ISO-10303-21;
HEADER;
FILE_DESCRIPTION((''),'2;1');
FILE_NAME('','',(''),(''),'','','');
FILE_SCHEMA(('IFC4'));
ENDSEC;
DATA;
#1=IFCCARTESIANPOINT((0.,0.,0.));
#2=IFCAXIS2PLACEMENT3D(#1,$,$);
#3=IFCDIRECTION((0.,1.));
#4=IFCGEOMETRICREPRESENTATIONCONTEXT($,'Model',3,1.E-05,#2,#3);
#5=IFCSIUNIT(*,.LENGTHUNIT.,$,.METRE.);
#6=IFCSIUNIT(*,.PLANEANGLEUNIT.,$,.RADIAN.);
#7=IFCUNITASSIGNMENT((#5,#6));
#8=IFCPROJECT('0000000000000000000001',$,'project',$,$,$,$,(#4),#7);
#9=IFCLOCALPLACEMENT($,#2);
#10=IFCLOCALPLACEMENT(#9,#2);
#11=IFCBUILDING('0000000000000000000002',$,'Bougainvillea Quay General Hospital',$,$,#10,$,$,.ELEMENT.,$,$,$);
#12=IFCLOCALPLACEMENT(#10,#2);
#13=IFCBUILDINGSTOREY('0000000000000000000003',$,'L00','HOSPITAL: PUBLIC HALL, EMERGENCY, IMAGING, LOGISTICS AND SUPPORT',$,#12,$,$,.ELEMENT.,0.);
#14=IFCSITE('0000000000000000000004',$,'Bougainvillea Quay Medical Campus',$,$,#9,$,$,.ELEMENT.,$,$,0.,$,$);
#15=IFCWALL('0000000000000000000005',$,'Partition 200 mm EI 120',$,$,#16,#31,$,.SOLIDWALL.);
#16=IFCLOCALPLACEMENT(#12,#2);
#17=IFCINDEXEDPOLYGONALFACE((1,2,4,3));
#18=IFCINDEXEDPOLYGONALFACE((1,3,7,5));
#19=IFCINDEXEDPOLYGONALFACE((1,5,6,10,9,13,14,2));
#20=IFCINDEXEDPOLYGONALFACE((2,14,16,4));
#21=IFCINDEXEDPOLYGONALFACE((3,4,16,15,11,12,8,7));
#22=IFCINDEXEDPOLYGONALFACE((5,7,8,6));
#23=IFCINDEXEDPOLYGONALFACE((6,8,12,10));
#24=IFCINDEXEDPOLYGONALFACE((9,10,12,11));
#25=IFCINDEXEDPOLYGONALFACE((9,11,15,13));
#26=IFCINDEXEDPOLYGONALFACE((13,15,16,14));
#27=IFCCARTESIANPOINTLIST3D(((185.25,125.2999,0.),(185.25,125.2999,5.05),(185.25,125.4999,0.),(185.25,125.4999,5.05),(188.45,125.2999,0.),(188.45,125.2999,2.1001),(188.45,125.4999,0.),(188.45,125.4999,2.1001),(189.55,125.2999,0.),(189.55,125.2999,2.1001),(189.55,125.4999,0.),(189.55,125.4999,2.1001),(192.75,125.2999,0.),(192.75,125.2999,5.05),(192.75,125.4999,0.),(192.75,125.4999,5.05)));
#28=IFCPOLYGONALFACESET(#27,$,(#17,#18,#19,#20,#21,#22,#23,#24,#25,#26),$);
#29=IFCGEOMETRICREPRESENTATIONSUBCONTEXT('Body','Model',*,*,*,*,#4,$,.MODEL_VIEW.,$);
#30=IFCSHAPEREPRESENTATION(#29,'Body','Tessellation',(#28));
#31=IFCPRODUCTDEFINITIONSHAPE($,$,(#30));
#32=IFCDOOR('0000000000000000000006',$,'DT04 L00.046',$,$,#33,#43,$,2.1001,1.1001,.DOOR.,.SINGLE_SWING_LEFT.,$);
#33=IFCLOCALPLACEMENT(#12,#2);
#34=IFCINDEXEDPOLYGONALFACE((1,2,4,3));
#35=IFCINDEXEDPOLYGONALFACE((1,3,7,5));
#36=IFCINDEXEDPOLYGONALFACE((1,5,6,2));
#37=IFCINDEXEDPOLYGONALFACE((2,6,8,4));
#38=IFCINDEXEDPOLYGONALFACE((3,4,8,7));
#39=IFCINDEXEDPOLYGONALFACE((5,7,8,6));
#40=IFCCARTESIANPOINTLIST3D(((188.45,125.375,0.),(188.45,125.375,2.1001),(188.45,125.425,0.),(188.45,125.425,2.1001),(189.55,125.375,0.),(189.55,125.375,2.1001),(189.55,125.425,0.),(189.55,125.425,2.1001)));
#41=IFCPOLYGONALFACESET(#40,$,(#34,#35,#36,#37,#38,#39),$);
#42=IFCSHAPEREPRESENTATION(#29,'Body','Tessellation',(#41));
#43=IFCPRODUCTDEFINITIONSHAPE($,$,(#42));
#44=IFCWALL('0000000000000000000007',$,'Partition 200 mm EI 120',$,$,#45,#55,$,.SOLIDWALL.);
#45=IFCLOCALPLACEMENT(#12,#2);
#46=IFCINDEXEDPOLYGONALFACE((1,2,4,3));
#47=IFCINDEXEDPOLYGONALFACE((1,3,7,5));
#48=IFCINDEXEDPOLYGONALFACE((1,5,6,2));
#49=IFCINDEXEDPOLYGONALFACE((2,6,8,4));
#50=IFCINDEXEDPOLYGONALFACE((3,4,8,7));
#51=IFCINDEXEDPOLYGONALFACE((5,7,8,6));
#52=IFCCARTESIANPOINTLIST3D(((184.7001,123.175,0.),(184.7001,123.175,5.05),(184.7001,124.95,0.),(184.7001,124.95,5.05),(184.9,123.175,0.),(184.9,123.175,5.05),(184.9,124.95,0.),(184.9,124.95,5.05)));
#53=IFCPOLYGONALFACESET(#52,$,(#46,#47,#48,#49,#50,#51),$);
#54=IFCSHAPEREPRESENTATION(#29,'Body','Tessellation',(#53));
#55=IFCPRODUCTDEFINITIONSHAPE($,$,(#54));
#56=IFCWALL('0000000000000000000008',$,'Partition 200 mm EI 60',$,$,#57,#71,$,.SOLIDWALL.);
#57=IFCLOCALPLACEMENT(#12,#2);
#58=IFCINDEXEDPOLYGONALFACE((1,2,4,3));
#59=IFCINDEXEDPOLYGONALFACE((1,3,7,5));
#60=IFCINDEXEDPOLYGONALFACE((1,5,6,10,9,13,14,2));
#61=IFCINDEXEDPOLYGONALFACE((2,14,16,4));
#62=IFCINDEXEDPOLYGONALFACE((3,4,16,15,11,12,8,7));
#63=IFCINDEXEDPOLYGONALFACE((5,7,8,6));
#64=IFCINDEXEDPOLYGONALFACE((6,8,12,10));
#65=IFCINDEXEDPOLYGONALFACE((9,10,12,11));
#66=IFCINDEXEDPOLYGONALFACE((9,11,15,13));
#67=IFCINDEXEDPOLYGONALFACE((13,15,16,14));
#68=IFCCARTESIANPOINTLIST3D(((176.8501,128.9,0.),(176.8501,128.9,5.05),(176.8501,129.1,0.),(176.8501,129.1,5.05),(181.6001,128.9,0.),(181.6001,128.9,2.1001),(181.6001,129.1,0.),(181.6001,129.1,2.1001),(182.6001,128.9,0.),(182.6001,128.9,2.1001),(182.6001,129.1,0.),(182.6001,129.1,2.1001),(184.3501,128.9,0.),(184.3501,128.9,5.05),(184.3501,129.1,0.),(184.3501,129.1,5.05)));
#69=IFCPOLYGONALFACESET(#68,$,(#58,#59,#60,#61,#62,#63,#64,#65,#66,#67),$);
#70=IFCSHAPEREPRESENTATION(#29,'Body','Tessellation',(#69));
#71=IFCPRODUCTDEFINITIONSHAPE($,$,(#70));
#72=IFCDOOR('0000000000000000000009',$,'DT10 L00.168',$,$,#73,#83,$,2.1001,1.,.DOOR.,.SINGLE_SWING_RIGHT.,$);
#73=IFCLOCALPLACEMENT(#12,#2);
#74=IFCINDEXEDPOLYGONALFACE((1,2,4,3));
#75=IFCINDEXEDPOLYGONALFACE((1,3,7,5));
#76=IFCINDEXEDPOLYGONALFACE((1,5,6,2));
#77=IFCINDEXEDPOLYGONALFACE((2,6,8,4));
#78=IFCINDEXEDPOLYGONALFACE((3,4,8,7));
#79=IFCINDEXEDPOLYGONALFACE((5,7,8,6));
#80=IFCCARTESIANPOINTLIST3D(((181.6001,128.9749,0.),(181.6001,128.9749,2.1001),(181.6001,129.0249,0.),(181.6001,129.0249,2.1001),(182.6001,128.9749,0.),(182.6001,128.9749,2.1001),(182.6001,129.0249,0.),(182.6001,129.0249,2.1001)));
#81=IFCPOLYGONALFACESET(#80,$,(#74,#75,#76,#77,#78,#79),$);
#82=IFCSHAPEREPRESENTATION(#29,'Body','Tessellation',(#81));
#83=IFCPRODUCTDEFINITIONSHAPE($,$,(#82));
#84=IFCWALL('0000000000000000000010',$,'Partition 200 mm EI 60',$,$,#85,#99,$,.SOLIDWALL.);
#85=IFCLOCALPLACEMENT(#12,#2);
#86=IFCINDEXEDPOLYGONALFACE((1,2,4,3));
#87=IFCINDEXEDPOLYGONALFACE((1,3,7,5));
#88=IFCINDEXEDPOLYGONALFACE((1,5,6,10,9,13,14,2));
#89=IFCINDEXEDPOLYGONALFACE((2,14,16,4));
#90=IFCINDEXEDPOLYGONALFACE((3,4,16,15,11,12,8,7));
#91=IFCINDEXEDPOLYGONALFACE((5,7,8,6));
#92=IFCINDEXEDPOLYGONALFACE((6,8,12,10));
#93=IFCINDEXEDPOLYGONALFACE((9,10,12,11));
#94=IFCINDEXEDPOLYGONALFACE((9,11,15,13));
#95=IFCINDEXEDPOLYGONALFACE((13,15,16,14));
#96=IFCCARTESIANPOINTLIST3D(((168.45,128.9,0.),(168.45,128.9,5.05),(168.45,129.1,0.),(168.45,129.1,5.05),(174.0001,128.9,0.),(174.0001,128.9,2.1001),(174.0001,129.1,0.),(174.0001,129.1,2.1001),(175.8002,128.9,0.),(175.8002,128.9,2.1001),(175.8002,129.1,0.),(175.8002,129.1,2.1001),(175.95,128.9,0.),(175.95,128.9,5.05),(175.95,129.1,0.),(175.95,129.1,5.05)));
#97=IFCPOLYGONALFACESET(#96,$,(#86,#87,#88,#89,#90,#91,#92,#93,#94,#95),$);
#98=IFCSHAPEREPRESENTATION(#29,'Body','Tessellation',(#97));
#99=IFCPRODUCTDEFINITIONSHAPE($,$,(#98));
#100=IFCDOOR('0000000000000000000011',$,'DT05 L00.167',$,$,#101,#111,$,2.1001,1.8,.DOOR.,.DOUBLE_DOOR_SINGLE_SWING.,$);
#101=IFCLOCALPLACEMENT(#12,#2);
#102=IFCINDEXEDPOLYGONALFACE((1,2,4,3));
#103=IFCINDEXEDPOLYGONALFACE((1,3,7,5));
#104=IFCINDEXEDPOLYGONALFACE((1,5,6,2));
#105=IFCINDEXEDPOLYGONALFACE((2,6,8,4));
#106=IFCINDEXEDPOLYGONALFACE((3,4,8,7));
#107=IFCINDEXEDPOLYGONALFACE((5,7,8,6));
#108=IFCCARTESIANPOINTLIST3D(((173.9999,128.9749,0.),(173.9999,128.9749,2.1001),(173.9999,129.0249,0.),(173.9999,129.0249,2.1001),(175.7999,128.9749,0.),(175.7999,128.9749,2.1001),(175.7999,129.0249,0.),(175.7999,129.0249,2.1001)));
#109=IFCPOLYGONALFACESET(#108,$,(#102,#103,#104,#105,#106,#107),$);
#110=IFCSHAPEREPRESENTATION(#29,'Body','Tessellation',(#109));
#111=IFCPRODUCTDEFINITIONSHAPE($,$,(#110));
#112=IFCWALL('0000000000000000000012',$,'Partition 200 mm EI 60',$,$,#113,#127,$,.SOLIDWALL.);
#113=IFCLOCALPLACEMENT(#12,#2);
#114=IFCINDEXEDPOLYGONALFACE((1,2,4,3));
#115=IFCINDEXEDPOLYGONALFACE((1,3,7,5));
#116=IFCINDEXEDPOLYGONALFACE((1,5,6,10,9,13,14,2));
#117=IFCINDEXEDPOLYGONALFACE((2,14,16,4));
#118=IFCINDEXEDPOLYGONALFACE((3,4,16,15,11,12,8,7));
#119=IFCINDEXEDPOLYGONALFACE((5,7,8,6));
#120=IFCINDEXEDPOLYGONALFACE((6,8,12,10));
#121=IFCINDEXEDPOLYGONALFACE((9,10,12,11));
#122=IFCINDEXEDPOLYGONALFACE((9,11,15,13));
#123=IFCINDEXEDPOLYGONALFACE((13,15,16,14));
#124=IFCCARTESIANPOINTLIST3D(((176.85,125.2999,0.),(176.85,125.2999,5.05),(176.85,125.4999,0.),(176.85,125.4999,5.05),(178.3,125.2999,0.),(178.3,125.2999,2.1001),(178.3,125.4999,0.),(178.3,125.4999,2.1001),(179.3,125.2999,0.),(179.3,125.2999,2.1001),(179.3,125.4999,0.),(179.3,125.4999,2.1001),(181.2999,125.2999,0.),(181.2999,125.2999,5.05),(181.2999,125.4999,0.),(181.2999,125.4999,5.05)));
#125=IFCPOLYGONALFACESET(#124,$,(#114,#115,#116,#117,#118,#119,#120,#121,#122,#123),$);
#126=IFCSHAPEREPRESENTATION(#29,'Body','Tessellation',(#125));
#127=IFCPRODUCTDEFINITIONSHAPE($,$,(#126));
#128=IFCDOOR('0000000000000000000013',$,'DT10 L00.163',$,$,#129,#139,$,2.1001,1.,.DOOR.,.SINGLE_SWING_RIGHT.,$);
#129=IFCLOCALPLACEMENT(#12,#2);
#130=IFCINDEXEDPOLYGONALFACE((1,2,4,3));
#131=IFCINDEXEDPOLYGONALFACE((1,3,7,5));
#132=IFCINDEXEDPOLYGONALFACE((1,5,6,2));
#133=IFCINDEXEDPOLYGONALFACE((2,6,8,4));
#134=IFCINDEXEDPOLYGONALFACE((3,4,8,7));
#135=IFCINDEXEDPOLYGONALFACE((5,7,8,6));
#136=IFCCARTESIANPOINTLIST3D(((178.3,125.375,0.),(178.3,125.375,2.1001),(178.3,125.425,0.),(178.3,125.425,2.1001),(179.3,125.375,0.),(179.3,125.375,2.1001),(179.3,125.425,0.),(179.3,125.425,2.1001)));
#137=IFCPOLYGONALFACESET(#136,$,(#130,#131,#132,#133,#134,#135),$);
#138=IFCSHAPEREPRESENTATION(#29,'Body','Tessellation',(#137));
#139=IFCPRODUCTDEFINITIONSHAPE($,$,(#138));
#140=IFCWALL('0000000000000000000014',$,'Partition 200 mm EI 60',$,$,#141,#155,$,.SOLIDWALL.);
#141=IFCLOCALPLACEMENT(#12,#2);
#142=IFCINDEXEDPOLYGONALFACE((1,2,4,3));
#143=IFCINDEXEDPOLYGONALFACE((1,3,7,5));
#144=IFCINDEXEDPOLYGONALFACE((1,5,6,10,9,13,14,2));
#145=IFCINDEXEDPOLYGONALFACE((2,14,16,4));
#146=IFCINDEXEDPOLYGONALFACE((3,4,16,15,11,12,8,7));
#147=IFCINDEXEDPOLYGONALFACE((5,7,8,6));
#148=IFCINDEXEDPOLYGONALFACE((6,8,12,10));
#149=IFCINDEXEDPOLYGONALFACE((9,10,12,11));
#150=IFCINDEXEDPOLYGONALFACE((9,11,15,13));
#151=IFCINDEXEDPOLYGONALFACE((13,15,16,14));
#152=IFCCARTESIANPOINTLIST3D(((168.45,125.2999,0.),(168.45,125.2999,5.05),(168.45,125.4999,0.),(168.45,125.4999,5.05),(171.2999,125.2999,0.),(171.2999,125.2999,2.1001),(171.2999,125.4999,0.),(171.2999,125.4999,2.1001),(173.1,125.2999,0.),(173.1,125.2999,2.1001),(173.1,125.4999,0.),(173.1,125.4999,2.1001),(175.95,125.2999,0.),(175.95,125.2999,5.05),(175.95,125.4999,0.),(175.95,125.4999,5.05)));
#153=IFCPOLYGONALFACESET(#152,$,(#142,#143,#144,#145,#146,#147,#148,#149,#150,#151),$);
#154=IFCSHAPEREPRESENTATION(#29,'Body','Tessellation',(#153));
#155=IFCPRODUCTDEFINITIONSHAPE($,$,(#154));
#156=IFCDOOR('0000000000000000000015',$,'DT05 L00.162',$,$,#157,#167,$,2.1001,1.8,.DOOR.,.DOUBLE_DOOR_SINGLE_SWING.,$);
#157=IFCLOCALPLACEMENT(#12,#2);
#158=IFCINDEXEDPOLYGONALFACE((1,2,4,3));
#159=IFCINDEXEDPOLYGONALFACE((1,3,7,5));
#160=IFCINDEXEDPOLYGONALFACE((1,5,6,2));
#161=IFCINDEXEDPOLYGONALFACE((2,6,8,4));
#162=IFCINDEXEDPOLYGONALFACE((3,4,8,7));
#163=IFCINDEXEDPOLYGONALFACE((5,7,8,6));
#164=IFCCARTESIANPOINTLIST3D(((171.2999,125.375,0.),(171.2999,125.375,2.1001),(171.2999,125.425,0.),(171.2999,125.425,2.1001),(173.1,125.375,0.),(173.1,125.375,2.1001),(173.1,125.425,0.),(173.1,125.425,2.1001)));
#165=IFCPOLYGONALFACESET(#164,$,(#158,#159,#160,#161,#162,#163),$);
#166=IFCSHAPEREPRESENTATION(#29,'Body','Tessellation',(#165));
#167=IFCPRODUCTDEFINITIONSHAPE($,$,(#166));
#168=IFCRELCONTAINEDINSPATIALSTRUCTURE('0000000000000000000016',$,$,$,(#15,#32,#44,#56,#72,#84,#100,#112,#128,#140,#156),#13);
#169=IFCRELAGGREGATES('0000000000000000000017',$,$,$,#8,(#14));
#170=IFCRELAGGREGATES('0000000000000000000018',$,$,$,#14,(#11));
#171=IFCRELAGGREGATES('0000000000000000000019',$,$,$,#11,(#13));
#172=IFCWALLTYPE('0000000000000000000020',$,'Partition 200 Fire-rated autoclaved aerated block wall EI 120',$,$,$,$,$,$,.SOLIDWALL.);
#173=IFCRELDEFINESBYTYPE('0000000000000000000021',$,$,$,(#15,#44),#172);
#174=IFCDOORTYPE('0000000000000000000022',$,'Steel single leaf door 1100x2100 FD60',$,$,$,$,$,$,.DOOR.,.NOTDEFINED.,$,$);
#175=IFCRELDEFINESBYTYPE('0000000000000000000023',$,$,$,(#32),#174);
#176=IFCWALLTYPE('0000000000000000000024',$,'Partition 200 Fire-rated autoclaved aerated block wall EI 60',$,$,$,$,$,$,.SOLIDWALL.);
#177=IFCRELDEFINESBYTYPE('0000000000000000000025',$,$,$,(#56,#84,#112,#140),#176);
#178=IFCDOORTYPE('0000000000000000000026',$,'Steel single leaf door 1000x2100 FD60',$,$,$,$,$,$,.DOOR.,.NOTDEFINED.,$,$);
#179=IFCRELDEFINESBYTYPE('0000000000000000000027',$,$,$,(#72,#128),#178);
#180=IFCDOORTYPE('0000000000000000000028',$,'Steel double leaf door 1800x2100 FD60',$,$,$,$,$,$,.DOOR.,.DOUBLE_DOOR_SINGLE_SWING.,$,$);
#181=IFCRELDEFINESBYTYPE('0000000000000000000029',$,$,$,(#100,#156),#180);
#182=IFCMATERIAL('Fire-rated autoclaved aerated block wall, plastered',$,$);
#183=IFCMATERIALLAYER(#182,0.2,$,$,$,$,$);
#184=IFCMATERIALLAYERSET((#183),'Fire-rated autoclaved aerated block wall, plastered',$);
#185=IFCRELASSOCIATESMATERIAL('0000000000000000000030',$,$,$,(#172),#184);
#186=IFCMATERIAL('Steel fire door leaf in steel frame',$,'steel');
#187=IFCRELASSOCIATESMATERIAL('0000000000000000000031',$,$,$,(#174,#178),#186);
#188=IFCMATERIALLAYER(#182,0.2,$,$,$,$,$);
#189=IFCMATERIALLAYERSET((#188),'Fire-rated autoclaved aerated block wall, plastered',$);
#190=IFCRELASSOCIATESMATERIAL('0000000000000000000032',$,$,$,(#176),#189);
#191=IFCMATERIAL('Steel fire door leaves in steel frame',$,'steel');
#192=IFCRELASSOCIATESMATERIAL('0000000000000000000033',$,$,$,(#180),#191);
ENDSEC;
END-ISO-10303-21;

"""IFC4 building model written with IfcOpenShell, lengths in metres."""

from ifc_helpers import new_model, si_unit, direction, frame, frame_2d, origin, place, context, subcontext, project, spatial, rectangle, extrude, material, layer, layer_set, type_object, element, fill, save


model = new_model("IFC4")

# Units and contexts
model_context = context("Model", 3, precision=1e-05, world=origin(), true_north=direction((0.0, 1.0)))
body_context = subcontext(model_context, "Body", "Model", "MODEL_VIEW")
ifc_project = project(units=[si_unit("LENGTHUNIT", "METRE"), si_unit("PLANEANGLEUNIT", "RADIAN")], contexts=[model_context])

# Site, building, storey
site_placement = place(None, origin())
site = spatial("IfcSite", under=ifc_project, at=site_placement, Name="Bougainvillea Quay Medical Campus", CompositionType="ELEMENT", RefElevation=0.0)
building_placement = place(site_placement, origin())
building = spatial("IfcBuilding", under=site, at=building_placement, Name="Bougainvillea Quay General Hospital", CompositionType="ELEMENT")
storey_placement = place(building_placement, origin())
storey = spatial("IfcBuildingStorey", under=building, at=storey_placement, Name="L00", Description="HOSPITAL: PUBLIC HALL, EMERGENCY, IMAGING, LOGISTICS AND SUPPORT", CompositionType="ELEMENT", Elevation=0.0)

# Wall, opening, door
ifc_material_1 = material(Name="Fire-rated autoclaved aerated block wall, plastered")
ifc_layer_1 = layer(ifc_material_1, 0.2)
ifc_layer_set_1 = layer_set([ifc_layer_1], Name="Fire-rated autoclaved aerated block wall, plastered")
wall_type_1 = type_object("IfcWallType", Name="Partition 200 Fire-rated autoclaved aerated block wall EI 120", PredefinedType="SOLIDWALL", material=ifc_layer_set_1)
wall_1_placement = place(storey_placement, frame((185.25, 125.3999, 0.0), z_axis=(0.0, 0.0, 1.0), x_axis=(1.0, 0.0, 0.0)))
wall_1 = element("IfcWall", 1, at=wall_1_placement, inside=storey, type_object=wall_type_1, Name="Partition 200 mm EI 120", PredefinedType="SOLIDWALL", context=body_context, shape_type="SweptSolid", body=[
    extrude(rectangle(XDim=7.5, YDim=0.2, at=frame_2d((3.75, 0.0))), origin(), (0.0, 0.0, 1.0), 5.05),
])
opening_1_placement = place(wall_1_placement, frame((3.2, 0.0, 0.0)))
opening_1 = element("IfcOpeningElement", 2, at=opening_1_placement, cuts=wall_1, PredefinedType="OPENING", context=body_context, shape_type="SweptSolid", body=[
    extrude(rectangle(XDim=1.1001, YDim=2.1001, at=frame_2d((0.55, 1.05))), frame((0.0, 0.1099, 0.0), z_axis=(0.0, -1.0, 0.0), x_axis=(1.0, 0.0, 0.0)), (0.0, 0.0, 1.0), 0.22),
])
ifc_material_2 = material(Name="Steel fire door leaf in steel frame", Category="steel")
door_type_1 = type_object("IfcDoorType", Name="Steel single leaf door 1100x2100 FD60", OperationType="NOTDEFINED", PredefinedType="DOOR", material=ifc_material_2)
door_1_placement = place(opening_1_placement, frame((1.1001, 0.0, 0.0), z_axis=(0.0, 0.0, 1.0), x_axis=(-1.0, 0.0, 0.0)))
door_1 = element("IfcDoor", 3, at=door_1_placement, inside=storey, type_object=door_type_1, Name="DT04 L00.046", OperationType="SINGLE_SWING_LEFT", OverallHeight=2.1001, OverallWidth=1.1001, PredefinedType="DOOR", context=body_context, shape_type="SweptSolid", body=[
    extrude(rectangle(XDim=1.1001, YDim=2.1001, at=frame_2d((0.55, 1.05))), frame((0.0, 0.0249, 0.0), z_axis=(0.0, -1.0, 0.0), x_axis=(1.0, 0.0, 0.0)), (0.0, 0.0, 1.0), 0.05),
])
fill(opening_1, door_1)

# Wall
wall_2_placement = place(storey_placement, frame((184.8, 123.175, 0.0), z_axis=(0.0, 0.0, 1.0), x_axis=(0.0, 1.0, 0.0)))
element("IfcWall", 4, at=wall_2_placement, inside=storey, type_object=wall_type_1, Name="Partition 200 mm EI 120", PredefinedType="SOLIDWALL", context=body_context, shape_type="SweptSolid", body=[
    extrude(rectangle(XDim=1.7749, YDim=0.2, at=frame_2d((0.8875, 0.0))), origin(), (0.0, 0.0, 1.0), 5.05),
])

# Walls, openings, doors
ifc_layer_2 = layer(ifc_material_1, 0.2)
ifc_layer_set_2 = layer_set([ifc_layer_2], Name="Fire-rated autoclaved aerated block wall, plastered")
wall_type_2 = type_object("IfcWallType", Name="Partition 200 Fire-rated autoclaved aerated block wall EI 60", PredefinedType="SOLIDWALL", material=ifc_layer_set_2)
wall_3_placement = place(storey_placement, frame((184.3501, 129.0, 0.0), z_axis=(0.0, 0.0, 1.0), x_axis=(-1.0, 0.0, 0.0)))
wall_3 = element("IfcWall", 5, at=wall_3_placement, inside=storey, type_object=wall_type_2, Name="Partition 200 mm EI 60", PredefinedType="SOLIDWALL", context=body_context, shape_type="SweptSolid", body=[
    extrude(rectangle(XDim=7.5, YDim=0.2, at=frame_2d((3.75, 0.0))), origin(), (0.0, 0.0, 1.0), 5.05),
])
opening_2_placement = place(wall_3_placement, frame((1.75, 0.0, 0.0)))
opening_2 = element("IfcOpeningElement", 6, at=opening_2_placement, cuts=wall_3, PredefinedType="OPENING", context=body_context, shape_type="SweptSolid", body=[
    extrude(rectangle(XDim=1.0, YDim=2.1001, at=frame_2d((0.5, 1.05))), frame((0.0, 0.1099, 0.0), z_axis=(0.0, -1.0, 0.0), x_axis=(1.0, 0.0, 0.0)), (0.0, 0.0, 1.0), 0.22),
])
door_type_2 = type_object("IfcDoorType", Name="Steel single leaf door 1000x2100 FD60", OperationType="NOTDEFINED", PredefinedType="DOOR", material=ifc_material_2)
door_2_placement = place(opening_2_placement, frame((1.0, 0.0, 0.0), z_axis=(0.0, 0.0, 1.0), x_axis=(-1.0, 0.0, 0.0)))
door_2 = element("IfcDoor", 7, at=door_2_placement, inside=storey, type_object=door_type_2, Name="DT10 L00.168", OperationType="SINGLE_SWING_RIGHT", OverallHeight=2.1001, OverallWidth=1.0, PredefinedType="DOOR", context=body_context, shape_type="SweptSolid", body=[
    extrude(rectangle(XDim=1.0, YDim=2.1001, at=frame_2d((0.5, 1.05))), frame((0.0, 0.0249, 0.0), z_axis=(0.0, -1.0, 0.0), x_axis=(1.0, 0.0, 0.0)), (0.0, 0.0, 1.0), 0.05),
])
fill(opening_2, door_2)
wall_4_placement = place(storey_placement, frame((175.95, 129.0, 0.0), z_axis=(0.0, 0.0, 1.0), x_axis=(-1.0, 0.0, 0.0)))
wall_4 = element("IfcWall", 8, at=wall_4_placement, inside=storey, type_object=wall_type_2, Name="Partition 200 mm EI 60", PredefinedType="SOLIDWALL", context=body_context, shape_type="SweptSolid", body=[
    extrude(rectangle(XDim=7.5, YDim=0.2, at=frame_2d((3.75, 0.0))), origin(), (0.0, 0.0, 1.0), 5.05),
])
opening_3_placement = place(wall_4_placement, frame((0.1499, 0.0, 0.0)))
opening_3 = element("IfcOpeningElement", 9, at=opening_3_placement, cuts=wall_4, PredefinedType="OPENING", context=body_context, shape_type="SweptSolid", body=[
    extrude(rectangle(XDim=1.8, YDim=2.1001, at=frame_2d((0.8999, 1.05))), frame((0.0, 0.1099, 0.0), z_axis=(0.0, -1.0, 0.0), x_axis=(1.0, 0.0, 0.0)), (0.0, 0.0, 1.0), 0.22),
])
ifc_material_3 = material(Name="Steel fire door leaves in steel frame", Category="steel")
door_type_3 = type_object("IfcDoorType", Name="Steel double leaf door 1800x2100 FD60", OperationType="DOUBLE_DOOR_SINGLE_SWING", PredefinedType="DOOR", material=ifc_material_3)
door_3_placement = place(opening_3_placement, frame((1.8, 0.0, 0.0), z_axis=(0.0, 0.0, 1.0), x_axis=(-1.0, 0.0, 0.0)))
door_3 = element("IfcDoor", 10, at=door_3_placement, inside=storey, type_object=door_type_3, Name="DT05 L00.167", OperationType="DOUBLE_DOOR_SINGLE_SWING", OverallHeight=2.1001, OverallWidth=1.8, PredefinedType="DOOR", context=body_context, shape_type="SweptSolid", body=[
    extrude(rectangle(XDim=1.8, YDim=2.1001, at=frame_2d((0.8999, 1.05))), frame((0.0, 0.0249, 0.0), z_axis=(0.0, -1.0, 0.0), x_axis=(1.0, 0.0, 0.0)), (0.0, 0.0, 1.0), 0.05),
])
fill(opening_3, door_3)
wall_5_placement = place(storey_placement, frame((181.3, 125.3999, 0.0), z_axis=(0.0, 0.0, 1.0), x_axis=(-1.0, 0.0, 0.0)))
wall_5 = element("IfcWall", 11, at=wall_5_placement, inside=storey, type_object=wall_type_2, Name="Partition 200 mm EI 60", PredefinedType="SOLIDWALL", context=body_context, shape_type="SweptSolid", body=[
    extrude(rectangle(XDim=4.45, YDim=0.2, at=frame_2d((2.2251, 0.0))), origin(), (0.0, 0.0, 1.0), 5.05),
])
opening_4_placement = place(wall_5_placement, frame((2.0, 0.0, 0.0)))
opening_4 = element("IfcOpeningElement", 12, at=opening_4_placement, cuts=wall_5, PredefinedType="OPENING", context=body_context, shape_type="SweptSolid", body=[
    extrude(rectangle(XDim=1.0, YDim=2.1001, at=frame_2d((0.5, 1.05))), frame((0.0, 0.1099, 0.0), z_axis=(0.0, -1.0, 0.0), x_axis=(1.0, 0.0, 0.0)), (0.0, 0.0, 1.0), 0.22),
])
door_4_placement = place(opening_4_placement, origin())
door_4 = element("IfcDoor", 13, at=door_4_placement, inside=storey, type_object=door_type_2, Name="DT10 L00.163", OperationType="SINGLE_SWING_RIGHT", OverallHeight=2.1001, OverallWidth=1.0, PredefinedType="DOOR", context=body_context, shape_type="SweptSolid", body=[
    extrude(rectangle(XDim=1.0, YDim=2.1001, at=frame_2d((0.5, 1.05))), frame((0.0, 0.0249, 0.0), z_axis=(0.0, -1.0, 0.0), x_axis=(1.0, 0.0, 0.0)), (0.0, 0.0, 1.0), 0.05),
])
fill(opening_4, door_4)
wall_6_placement = place(storey_placement, frame((175.95, 125.3999, 0.0), z_axis=(0.0, 0.0, 1.0), x_axis=(-1.0, 0.0, 0.0)))
wall_6 = element("IfcWall", 14, at=wall_6_placement, inside=storey, type_object=wall_type_2, Name="Partition 200 mm EI 60", PredefinedType="SOLIDWALL", context=body_context, shape_type="SweptSolid", body=[
    extrude(rectangle(XDim=7.5, YDim=0.2, at=frame_2d((3.75, 0.0))), origin(), (0.0, 0.0, 1.0), 5.05),
])
opening_5_placement = place(wall_6_placement, frame((2.8501, 0.0, 0.0)))
opening_5 = element("IfcOpeningElement", 15, at=opening_5_placement, cuts=wall_6, PredefinedType="OPENING", context=body_context, shape_type="SweptSolid", body=[
    extrude(rectangle(XDim=1.8, YDim=2.1001, at=frame_2d((0.8999, 1.05))), frame((0.0, 0.1099, 0.0), z_axis=(0.0, -1.0, 0.0), x_axis=(1.0, 0.0, 0.0)), (0.0, 0.0, 1.0), 0.22),
])
door_5_placement = place(opening_5_placement, origin())
door_5 = element("IfcDoor", 16, at=door_5_placement, inside=storey, type_object=door_type_3, Name="DT05 L00.162", OperationType="DOUBLE_DOOR_SINGLE_SWING", OverallHeight=2.1001, OverallWidth=1.8, PredefinedType="DOOR", context=body_context, shape_type="SweptSolid", body=[
    extrude(rectangle(XDim=1.8, YDim=2.1001, at=frame_2d((0.8999, 1.05))), frame((0.0, 0.0249, 0.0), z_axis=(0.0, -1.0, 0.0), x_axis=(1.0, 0.0, 0.0)), (0.0, 0.0, 1.0), 0.05),
])
fill(opening_5, door_5)

save(model, "model.ifc")
